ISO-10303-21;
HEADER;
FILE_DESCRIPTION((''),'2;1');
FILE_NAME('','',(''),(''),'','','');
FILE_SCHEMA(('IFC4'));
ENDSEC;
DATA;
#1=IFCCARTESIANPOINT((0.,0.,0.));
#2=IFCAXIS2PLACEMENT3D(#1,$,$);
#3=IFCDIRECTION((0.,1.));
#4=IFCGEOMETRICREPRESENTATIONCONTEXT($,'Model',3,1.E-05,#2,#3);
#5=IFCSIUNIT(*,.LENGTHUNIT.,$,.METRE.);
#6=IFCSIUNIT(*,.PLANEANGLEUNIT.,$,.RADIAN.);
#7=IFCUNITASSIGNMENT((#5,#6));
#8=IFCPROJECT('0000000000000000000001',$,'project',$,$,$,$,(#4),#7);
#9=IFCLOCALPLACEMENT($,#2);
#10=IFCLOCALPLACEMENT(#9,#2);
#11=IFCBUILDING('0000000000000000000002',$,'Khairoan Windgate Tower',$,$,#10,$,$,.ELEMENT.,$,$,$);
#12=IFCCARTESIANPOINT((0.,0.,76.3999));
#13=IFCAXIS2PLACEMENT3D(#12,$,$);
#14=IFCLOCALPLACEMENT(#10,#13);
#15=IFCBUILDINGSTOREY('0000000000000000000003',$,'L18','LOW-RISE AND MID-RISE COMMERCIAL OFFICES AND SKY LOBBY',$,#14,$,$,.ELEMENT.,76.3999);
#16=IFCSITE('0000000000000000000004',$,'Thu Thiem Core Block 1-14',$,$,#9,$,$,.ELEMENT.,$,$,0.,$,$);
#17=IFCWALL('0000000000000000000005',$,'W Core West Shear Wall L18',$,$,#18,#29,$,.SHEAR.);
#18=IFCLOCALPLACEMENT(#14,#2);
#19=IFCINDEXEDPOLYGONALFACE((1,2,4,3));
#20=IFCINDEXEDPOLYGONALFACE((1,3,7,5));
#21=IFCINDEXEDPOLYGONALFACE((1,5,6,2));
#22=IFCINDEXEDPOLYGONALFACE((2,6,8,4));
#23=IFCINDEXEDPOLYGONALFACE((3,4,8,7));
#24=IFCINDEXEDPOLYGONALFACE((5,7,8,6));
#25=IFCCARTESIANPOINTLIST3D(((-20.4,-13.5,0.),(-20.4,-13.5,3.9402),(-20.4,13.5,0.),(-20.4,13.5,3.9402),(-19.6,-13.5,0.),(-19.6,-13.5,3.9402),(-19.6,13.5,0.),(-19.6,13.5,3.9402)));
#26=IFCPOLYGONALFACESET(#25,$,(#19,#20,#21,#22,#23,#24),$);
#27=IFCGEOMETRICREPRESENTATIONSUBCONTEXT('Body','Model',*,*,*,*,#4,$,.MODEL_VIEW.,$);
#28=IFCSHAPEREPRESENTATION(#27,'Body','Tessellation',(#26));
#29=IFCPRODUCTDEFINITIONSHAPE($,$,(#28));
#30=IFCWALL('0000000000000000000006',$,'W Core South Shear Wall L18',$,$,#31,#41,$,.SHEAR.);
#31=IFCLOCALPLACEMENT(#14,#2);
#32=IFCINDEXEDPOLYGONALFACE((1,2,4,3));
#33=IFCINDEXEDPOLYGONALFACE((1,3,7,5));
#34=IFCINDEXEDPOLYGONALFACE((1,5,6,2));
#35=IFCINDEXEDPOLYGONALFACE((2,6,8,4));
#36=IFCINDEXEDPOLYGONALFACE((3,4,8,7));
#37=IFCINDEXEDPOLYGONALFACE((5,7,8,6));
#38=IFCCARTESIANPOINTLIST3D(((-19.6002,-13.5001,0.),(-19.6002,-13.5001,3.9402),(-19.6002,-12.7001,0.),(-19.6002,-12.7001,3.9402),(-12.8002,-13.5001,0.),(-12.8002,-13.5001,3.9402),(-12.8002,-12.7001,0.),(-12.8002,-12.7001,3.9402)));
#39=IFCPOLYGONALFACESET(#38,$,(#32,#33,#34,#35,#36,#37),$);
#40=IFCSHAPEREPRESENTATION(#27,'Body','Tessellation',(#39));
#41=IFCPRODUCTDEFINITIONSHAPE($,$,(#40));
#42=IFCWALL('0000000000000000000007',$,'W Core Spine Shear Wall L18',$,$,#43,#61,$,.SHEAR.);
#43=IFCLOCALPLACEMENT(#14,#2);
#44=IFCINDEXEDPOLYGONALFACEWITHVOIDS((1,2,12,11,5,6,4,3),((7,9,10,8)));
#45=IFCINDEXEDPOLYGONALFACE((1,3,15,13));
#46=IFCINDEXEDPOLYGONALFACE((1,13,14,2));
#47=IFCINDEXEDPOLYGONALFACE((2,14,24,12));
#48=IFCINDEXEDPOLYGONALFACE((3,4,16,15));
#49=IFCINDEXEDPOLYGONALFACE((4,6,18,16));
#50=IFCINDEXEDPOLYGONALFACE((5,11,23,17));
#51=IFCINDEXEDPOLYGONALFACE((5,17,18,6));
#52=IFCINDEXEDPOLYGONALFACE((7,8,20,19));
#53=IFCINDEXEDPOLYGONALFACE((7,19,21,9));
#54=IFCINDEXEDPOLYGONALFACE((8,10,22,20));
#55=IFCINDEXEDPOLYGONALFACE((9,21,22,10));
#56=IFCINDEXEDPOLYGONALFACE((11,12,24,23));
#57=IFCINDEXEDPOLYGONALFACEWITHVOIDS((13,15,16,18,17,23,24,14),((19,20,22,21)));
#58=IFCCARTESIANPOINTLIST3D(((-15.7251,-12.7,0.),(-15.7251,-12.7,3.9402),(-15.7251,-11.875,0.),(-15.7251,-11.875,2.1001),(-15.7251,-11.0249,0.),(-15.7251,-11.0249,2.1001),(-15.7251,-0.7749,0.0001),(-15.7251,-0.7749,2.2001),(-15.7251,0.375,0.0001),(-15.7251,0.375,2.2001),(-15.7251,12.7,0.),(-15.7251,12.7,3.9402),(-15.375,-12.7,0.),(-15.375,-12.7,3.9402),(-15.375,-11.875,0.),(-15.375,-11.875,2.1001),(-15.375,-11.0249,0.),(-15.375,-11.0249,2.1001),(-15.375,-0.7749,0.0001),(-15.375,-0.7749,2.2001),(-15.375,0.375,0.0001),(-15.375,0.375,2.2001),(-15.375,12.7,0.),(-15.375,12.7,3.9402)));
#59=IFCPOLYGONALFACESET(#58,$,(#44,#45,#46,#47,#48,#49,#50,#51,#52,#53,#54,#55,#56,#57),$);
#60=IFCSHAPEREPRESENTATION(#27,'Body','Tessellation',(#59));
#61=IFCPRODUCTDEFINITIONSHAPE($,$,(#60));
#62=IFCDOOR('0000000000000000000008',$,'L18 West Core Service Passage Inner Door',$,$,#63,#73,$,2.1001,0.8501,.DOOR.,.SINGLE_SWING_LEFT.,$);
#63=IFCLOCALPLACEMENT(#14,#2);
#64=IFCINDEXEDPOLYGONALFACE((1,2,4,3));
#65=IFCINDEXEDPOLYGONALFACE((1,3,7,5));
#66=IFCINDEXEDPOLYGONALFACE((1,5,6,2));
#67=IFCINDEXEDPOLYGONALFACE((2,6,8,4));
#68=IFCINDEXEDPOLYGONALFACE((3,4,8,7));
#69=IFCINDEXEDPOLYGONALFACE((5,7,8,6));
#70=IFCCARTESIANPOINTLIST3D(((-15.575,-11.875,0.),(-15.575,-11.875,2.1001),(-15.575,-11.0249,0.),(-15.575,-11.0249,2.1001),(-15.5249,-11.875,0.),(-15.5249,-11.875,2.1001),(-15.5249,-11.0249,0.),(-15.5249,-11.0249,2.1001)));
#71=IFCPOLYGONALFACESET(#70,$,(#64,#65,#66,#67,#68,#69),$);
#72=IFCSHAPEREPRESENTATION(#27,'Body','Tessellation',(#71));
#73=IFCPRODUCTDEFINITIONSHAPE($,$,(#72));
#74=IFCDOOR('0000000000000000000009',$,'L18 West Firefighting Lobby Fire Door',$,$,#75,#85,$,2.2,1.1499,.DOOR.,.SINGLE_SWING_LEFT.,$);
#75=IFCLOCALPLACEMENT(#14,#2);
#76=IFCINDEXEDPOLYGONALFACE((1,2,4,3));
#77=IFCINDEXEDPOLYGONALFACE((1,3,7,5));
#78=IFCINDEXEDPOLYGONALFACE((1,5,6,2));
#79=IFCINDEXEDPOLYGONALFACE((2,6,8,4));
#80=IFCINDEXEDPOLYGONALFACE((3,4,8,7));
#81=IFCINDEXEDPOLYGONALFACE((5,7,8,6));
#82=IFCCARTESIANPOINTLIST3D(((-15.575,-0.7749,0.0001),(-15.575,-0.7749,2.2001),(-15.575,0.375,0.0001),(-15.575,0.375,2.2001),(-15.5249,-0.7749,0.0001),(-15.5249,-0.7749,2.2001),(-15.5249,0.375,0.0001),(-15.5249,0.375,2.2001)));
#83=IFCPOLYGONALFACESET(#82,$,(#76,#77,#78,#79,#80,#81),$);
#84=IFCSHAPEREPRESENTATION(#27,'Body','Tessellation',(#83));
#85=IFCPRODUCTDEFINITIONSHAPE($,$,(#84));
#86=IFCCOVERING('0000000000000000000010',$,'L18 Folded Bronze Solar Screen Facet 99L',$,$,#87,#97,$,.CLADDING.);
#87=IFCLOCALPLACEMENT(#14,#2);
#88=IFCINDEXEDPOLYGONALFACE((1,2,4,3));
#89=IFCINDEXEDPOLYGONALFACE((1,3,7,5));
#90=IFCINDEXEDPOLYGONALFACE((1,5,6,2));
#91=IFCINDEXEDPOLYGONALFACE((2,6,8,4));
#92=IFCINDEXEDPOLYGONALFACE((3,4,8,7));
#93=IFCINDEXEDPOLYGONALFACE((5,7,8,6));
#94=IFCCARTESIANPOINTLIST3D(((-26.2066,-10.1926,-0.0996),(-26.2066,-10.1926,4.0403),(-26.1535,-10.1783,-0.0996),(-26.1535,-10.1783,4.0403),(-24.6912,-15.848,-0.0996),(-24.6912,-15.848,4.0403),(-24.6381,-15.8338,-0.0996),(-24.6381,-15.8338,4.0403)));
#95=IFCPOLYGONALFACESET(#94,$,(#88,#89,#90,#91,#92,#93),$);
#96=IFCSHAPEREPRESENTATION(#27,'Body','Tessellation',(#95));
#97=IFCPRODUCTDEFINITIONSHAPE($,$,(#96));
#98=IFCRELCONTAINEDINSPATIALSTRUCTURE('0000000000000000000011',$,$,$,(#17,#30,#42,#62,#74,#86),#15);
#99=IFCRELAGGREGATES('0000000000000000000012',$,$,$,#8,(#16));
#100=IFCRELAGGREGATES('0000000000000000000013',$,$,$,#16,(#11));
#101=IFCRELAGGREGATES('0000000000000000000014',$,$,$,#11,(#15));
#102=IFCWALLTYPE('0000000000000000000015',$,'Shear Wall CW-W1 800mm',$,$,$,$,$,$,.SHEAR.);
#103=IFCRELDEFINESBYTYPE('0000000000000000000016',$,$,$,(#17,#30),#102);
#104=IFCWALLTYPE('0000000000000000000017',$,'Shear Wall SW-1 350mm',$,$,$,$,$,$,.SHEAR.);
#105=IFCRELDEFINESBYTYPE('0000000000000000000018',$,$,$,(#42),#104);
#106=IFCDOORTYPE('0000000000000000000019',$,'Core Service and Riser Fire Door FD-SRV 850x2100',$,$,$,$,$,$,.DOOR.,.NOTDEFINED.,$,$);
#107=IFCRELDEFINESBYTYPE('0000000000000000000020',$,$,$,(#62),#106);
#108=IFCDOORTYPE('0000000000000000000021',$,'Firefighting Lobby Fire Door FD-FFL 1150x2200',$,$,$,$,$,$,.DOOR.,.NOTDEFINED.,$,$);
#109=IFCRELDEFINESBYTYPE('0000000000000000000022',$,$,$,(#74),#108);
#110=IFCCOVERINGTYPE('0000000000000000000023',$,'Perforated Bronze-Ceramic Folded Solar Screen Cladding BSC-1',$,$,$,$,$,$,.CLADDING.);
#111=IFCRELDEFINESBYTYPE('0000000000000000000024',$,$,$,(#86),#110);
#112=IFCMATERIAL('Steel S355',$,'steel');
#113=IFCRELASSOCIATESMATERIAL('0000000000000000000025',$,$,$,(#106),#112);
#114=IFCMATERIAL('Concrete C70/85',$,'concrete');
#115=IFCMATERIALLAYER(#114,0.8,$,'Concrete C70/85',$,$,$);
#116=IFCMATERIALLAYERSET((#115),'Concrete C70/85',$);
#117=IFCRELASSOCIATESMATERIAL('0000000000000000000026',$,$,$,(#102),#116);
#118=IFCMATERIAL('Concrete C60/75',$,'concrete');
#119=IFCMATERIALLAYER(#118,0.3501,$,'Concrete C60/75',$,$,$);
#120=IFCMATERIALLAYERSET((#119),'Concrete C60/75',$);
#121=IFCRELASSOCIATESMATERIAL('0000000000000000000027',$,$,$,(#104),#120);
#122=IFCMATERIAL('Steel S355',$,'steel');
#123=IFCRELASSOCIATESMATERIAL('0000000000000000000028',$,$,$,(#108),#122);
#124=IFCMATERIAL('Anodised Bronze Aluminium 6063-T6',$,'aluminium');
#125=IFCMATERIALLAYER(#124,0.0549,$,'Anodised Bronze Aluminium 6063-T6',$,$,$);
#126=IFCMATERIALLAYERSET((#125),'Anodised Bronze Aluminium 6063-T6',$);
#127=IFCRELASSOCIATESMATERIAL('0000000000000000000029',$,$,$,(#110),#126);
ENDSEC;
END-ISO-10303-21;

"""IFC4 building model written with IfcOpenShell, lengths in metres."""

from ifc_helpers import new_model, si_unit, direction, frame, frame_2d, origin, origin_2d, place, context, subcontext, project, spatial, rectangle, extrude, material, layer, layer_set, type_object, element, fill, save


model = new_model("IFC4")

# Units and contexts
model_context = context("Model", 3, precision=1e-05, world=origin(), true_north=direction((0.0, 1.0)))
body_context = subcontext(model_context, "Body", "Model", "MODEL_VIEW")
ifc_project = project(units=[si_unit("LENGTHUNIT", "METRE"), si_unit("PLANEANGLEUNIT", "RADIAN")], contexts=[model_context])

# Site, building, storey
site_placement = place(None, origin())
site = spatial("IfcSite", under=ifc_project, at=site_placement, Name="Thu Thiem Core Block 1-14", CompositionType="ELEMENT", RefElevation=0.0)
building_placement = place(site_placement, origin())
building = spatial("IfcBuilding", under=site, at=building_placement, Name="Khairoan Windgate Tower", CompositionType="ELEMENT")
storey_placement = place(building_placement, frame((0.0, 0.0, 76.3999)))
storey = spatial("IfcBuildingStorey", under=building, at=storey_placement, Name="L18", Description="LOW-RISE AND MID-RISE COMMERCIAL OFFICES AND SKY LOBBY", CompositionType="ELEMENT", Elevation=76.3999)

# Shared definitions
ifc_material_1 = material(Name="Steel S355", Category="steel")
door_type_1 = type_object("IfcDoorType", Name="Core Service and Riser Fire Door FD-SRV 850x2100", OperationType="NOTDEFINED", PredefinedType="DOOR", material=ifc_material_1)

# Walls
ifc_material_2 = material(Name="Concrete C70/85", Category="concrete")
ifc_layer_1 = layer(ifc_material_2, 0.8, Name="Concrete C70/85")
ifc_layer_set_1 = layer_set([ifc_layer_1], Name="Concrete C70/85")
wall_type_1 = type_object("IfcWallType", Name="Shear Wall CW-W1 800mm", PredefinedType="SHEAR", material=ifc_layer_set_1)
wall_1_placement = place(storey_placement, frame((-20.0, -13.5, 0.0), z_axis=(0.0, 0.0, 1.0), x_axis=(0.0, 1.0, 0.0)))
element("IfcWall", 1, at=wall_1_placement, inside=storey, type_object=wall_type_1, Name="W Core West Shear Wall L18", PredefinedType="SHEAR", context=body_context, shape_type="SweptSolid", body=[
    extrude(rectangle(XDim=27.0, YDim=0.8, at=frame_2d((13.5, 0.0))), origin(), (0.0, 0.0, 1.0), 3.9402),
])
wall_2_placement = place(storey_placement, frame((-19.6001, -13.1001, 0.0), z_axis=(0.0, 0.0, 1.0), x_axis=(1.0, 0.0, 0.0)))
element("IfcWall", 2, at=wall_2_placement, inside=storey, type_object=wall_type_1, Name="W Core South Shear Wall L18", PredefinedType="SHEAR", context=body_context, shape_type="SweptSolid", body=[
    extrude(rectangle(XDim=6.8, YDim=0.8, at=frame_2d((3.3999, 0.0))), origin(), (0.0, 0.0, 1.0), 3.9402),
])

# Wall, openings, doors
ifc_material_3 = material(Name="Concrete C60/75", Category="concrete")
ifc_layer_2 = layer(ifc_material_3, 0.3501, Name="Concrete C60/75")
ifc_layer_set_2 = layer_set([ifc_layer_2], Name="Concrete C60/75")
wall_type_2 = type_object("IfcWallType", Name="Shear Wall SW-1 350mm", PredefinedType="SHEAR", material=ifc_layer_set_2)
wall_3_placement = place(storey_placement, frame((-15.55, -12.7, 0.0), z_axis=(0.0, 0.0, 1.0), x_axis=(0.0, 1.0, 0.0)))
wall_3 = element("IfcWall", 3, at=wall_3_placement, inside=storey, type_object=wall_type_2, Name="W Core Spine Shear Wall L18", PredefinedType="SHEAR", context=body_context, shape_type="SweptSolid", body=[
    extrude(rectangle(XDim=25.3999, YDim=0.3501, at=frame_2d((12.7, 0.0))), origin(), (0.0, 0.0, 1.0), 3.9402),
])
opening_1_placement = place(wall_3_placement, frame((11.925, 0.0, 0.0)))
opening_1 = element("IfcOpeningElement", 4, at=opening_1_placement, cuts=wall_3, PredefinedType="OPENING", context=body_context, shape_type="SweptSolid", body=[
    extrude(rectangle(XDim=1.1499, YDim=2.2, at=frame_2d((0.575, 1.1001))), frame((0.0, 0.1851, 0.0), z_axis=(0.0, -1.0, 0.0), x_axis=(1.0, 0.0, 0.0)), (0.0, 0.0, 1.0), 0.3701),
])
opening_2_placement = place(wall_3_placement, frame((0.825, 0.0, 0.0)))
opening_2 = element("IfcOpeningElement", 5, at=opening_2_placement, cuts=wall_3, PredefinedType="OPENING", context=body_context, shape_type="SweptSolid", body=[
    extrude(rectangle(XDim=0.8501, YDim=2.1001, at=frame_2d((0.425, 1.05))), frame((0.0, 0.1851, 0.0), z_axis=(0.0, -1.0, 0.0), x_axis=(1.0, 0.0, 0.0)), (0.0, 0.0, 1.0), 0.3701),
])
door_1_placement = place(opening_2_placement, origin())
door_1 = element("IfcDoor", 6, at=door_1_placement, inside=storey, type_object=door_type_1, Name="L18 West Core Service Passage Inner Door", OperationType="SINGLE_SWING_LEFT", OverallHeight=2.1001, OverallWidth=0.8501, PredefinedType="DOOR", context=body_context, shape_type="SweptSolid", body=[
    extrude(rectangle(XDim=0.8501, YDim=2.1001, at=frame_2d((0.425, 1.05))), frame((0.0, 0.0249, 0.0), z_axis=(0.0, -1.0, 0.0), x_axis=(1.0, 0.0, 0.0)), (0.0, 0.0, 1.0), 0.05),
])
fill(opening_2, door_1)
ifc_material_4 = material(Name="Steel S355", Category="steel")
door_type_2 = type_object("IfcDoorType", Name="Firefighting Lobby Fire Door FD-FFL 1150x2200", OperationType="NOTDEFINED", PredefinedType="DOOR", material=ifc_material_4)
door_2_placement = place(opening_1_placement, origin())
door_2 = element("IfcDoor", 7, at=door_2_placement, inside=storey, type_object=door_type_2, Name="L18 West Firefighting Lobby Fire Door", OperationType="SINGLE_SWING_LEFT", OverallHeight=2.2, OverallWidth=1.1499, PredefinedType="DOOR", context=body_context, shape_type="SweptSolid", body=[
    extrude(rectangle(XDim=1.1499, YDim=2.2, at=frame_2d((0.575, 1.1001))), frame((0.0, 0.0249, 0.0), z_axis=(0.0, -1.0, 0.0), x_axis=(1.0, 0.0, 0.0)), (0.0, 0.0, 1.0), 0.05),
])
fill(opening_1, door_2)

# Covering
ifc_material_5 = material(Name="Anodised Bronze Aluminium 6063-T6", Category="aluminium")
ifc_layer_3 = layer(ifc_material_5, 0.0549, Name="Anodised Bronze Aluminium 6063-T6")
ifc_layer_set_3 = layer_set([ifc_layer_3], Name="Anodised Bronze Aluminium 6063-T6")
covering_type = type_object("IfcCoveringType", Name="Perforated Bronze-Ceramic Folded Solar Screen Cladding BSC-1", PredefinedType="CLADDING", material=ifc_layer_set_3)
covering_placement = place(storey_placement, frame((-25.4224, -13.0132, -0.0996), z_axis=(0.0, 0.0, 1.0), x_axis=(-0.258819, 0.965926, 0.0)))
element("IfcCovering", 8, at=covering_placement, inside=storey, type_object=covering_type, Name="L18 Folded Bronze Solar Screen Facet 99L", PredefinedType="CLADDING", context=body_context, shape_type="SweptSolid", body=[
    extrude(rectangle(XDim=5.855, YDim=0.0549, at=origin_2d()), origin(), (0.0, 0.0, 1.0), 4.1399),
])

save(model, "model.ifc")
